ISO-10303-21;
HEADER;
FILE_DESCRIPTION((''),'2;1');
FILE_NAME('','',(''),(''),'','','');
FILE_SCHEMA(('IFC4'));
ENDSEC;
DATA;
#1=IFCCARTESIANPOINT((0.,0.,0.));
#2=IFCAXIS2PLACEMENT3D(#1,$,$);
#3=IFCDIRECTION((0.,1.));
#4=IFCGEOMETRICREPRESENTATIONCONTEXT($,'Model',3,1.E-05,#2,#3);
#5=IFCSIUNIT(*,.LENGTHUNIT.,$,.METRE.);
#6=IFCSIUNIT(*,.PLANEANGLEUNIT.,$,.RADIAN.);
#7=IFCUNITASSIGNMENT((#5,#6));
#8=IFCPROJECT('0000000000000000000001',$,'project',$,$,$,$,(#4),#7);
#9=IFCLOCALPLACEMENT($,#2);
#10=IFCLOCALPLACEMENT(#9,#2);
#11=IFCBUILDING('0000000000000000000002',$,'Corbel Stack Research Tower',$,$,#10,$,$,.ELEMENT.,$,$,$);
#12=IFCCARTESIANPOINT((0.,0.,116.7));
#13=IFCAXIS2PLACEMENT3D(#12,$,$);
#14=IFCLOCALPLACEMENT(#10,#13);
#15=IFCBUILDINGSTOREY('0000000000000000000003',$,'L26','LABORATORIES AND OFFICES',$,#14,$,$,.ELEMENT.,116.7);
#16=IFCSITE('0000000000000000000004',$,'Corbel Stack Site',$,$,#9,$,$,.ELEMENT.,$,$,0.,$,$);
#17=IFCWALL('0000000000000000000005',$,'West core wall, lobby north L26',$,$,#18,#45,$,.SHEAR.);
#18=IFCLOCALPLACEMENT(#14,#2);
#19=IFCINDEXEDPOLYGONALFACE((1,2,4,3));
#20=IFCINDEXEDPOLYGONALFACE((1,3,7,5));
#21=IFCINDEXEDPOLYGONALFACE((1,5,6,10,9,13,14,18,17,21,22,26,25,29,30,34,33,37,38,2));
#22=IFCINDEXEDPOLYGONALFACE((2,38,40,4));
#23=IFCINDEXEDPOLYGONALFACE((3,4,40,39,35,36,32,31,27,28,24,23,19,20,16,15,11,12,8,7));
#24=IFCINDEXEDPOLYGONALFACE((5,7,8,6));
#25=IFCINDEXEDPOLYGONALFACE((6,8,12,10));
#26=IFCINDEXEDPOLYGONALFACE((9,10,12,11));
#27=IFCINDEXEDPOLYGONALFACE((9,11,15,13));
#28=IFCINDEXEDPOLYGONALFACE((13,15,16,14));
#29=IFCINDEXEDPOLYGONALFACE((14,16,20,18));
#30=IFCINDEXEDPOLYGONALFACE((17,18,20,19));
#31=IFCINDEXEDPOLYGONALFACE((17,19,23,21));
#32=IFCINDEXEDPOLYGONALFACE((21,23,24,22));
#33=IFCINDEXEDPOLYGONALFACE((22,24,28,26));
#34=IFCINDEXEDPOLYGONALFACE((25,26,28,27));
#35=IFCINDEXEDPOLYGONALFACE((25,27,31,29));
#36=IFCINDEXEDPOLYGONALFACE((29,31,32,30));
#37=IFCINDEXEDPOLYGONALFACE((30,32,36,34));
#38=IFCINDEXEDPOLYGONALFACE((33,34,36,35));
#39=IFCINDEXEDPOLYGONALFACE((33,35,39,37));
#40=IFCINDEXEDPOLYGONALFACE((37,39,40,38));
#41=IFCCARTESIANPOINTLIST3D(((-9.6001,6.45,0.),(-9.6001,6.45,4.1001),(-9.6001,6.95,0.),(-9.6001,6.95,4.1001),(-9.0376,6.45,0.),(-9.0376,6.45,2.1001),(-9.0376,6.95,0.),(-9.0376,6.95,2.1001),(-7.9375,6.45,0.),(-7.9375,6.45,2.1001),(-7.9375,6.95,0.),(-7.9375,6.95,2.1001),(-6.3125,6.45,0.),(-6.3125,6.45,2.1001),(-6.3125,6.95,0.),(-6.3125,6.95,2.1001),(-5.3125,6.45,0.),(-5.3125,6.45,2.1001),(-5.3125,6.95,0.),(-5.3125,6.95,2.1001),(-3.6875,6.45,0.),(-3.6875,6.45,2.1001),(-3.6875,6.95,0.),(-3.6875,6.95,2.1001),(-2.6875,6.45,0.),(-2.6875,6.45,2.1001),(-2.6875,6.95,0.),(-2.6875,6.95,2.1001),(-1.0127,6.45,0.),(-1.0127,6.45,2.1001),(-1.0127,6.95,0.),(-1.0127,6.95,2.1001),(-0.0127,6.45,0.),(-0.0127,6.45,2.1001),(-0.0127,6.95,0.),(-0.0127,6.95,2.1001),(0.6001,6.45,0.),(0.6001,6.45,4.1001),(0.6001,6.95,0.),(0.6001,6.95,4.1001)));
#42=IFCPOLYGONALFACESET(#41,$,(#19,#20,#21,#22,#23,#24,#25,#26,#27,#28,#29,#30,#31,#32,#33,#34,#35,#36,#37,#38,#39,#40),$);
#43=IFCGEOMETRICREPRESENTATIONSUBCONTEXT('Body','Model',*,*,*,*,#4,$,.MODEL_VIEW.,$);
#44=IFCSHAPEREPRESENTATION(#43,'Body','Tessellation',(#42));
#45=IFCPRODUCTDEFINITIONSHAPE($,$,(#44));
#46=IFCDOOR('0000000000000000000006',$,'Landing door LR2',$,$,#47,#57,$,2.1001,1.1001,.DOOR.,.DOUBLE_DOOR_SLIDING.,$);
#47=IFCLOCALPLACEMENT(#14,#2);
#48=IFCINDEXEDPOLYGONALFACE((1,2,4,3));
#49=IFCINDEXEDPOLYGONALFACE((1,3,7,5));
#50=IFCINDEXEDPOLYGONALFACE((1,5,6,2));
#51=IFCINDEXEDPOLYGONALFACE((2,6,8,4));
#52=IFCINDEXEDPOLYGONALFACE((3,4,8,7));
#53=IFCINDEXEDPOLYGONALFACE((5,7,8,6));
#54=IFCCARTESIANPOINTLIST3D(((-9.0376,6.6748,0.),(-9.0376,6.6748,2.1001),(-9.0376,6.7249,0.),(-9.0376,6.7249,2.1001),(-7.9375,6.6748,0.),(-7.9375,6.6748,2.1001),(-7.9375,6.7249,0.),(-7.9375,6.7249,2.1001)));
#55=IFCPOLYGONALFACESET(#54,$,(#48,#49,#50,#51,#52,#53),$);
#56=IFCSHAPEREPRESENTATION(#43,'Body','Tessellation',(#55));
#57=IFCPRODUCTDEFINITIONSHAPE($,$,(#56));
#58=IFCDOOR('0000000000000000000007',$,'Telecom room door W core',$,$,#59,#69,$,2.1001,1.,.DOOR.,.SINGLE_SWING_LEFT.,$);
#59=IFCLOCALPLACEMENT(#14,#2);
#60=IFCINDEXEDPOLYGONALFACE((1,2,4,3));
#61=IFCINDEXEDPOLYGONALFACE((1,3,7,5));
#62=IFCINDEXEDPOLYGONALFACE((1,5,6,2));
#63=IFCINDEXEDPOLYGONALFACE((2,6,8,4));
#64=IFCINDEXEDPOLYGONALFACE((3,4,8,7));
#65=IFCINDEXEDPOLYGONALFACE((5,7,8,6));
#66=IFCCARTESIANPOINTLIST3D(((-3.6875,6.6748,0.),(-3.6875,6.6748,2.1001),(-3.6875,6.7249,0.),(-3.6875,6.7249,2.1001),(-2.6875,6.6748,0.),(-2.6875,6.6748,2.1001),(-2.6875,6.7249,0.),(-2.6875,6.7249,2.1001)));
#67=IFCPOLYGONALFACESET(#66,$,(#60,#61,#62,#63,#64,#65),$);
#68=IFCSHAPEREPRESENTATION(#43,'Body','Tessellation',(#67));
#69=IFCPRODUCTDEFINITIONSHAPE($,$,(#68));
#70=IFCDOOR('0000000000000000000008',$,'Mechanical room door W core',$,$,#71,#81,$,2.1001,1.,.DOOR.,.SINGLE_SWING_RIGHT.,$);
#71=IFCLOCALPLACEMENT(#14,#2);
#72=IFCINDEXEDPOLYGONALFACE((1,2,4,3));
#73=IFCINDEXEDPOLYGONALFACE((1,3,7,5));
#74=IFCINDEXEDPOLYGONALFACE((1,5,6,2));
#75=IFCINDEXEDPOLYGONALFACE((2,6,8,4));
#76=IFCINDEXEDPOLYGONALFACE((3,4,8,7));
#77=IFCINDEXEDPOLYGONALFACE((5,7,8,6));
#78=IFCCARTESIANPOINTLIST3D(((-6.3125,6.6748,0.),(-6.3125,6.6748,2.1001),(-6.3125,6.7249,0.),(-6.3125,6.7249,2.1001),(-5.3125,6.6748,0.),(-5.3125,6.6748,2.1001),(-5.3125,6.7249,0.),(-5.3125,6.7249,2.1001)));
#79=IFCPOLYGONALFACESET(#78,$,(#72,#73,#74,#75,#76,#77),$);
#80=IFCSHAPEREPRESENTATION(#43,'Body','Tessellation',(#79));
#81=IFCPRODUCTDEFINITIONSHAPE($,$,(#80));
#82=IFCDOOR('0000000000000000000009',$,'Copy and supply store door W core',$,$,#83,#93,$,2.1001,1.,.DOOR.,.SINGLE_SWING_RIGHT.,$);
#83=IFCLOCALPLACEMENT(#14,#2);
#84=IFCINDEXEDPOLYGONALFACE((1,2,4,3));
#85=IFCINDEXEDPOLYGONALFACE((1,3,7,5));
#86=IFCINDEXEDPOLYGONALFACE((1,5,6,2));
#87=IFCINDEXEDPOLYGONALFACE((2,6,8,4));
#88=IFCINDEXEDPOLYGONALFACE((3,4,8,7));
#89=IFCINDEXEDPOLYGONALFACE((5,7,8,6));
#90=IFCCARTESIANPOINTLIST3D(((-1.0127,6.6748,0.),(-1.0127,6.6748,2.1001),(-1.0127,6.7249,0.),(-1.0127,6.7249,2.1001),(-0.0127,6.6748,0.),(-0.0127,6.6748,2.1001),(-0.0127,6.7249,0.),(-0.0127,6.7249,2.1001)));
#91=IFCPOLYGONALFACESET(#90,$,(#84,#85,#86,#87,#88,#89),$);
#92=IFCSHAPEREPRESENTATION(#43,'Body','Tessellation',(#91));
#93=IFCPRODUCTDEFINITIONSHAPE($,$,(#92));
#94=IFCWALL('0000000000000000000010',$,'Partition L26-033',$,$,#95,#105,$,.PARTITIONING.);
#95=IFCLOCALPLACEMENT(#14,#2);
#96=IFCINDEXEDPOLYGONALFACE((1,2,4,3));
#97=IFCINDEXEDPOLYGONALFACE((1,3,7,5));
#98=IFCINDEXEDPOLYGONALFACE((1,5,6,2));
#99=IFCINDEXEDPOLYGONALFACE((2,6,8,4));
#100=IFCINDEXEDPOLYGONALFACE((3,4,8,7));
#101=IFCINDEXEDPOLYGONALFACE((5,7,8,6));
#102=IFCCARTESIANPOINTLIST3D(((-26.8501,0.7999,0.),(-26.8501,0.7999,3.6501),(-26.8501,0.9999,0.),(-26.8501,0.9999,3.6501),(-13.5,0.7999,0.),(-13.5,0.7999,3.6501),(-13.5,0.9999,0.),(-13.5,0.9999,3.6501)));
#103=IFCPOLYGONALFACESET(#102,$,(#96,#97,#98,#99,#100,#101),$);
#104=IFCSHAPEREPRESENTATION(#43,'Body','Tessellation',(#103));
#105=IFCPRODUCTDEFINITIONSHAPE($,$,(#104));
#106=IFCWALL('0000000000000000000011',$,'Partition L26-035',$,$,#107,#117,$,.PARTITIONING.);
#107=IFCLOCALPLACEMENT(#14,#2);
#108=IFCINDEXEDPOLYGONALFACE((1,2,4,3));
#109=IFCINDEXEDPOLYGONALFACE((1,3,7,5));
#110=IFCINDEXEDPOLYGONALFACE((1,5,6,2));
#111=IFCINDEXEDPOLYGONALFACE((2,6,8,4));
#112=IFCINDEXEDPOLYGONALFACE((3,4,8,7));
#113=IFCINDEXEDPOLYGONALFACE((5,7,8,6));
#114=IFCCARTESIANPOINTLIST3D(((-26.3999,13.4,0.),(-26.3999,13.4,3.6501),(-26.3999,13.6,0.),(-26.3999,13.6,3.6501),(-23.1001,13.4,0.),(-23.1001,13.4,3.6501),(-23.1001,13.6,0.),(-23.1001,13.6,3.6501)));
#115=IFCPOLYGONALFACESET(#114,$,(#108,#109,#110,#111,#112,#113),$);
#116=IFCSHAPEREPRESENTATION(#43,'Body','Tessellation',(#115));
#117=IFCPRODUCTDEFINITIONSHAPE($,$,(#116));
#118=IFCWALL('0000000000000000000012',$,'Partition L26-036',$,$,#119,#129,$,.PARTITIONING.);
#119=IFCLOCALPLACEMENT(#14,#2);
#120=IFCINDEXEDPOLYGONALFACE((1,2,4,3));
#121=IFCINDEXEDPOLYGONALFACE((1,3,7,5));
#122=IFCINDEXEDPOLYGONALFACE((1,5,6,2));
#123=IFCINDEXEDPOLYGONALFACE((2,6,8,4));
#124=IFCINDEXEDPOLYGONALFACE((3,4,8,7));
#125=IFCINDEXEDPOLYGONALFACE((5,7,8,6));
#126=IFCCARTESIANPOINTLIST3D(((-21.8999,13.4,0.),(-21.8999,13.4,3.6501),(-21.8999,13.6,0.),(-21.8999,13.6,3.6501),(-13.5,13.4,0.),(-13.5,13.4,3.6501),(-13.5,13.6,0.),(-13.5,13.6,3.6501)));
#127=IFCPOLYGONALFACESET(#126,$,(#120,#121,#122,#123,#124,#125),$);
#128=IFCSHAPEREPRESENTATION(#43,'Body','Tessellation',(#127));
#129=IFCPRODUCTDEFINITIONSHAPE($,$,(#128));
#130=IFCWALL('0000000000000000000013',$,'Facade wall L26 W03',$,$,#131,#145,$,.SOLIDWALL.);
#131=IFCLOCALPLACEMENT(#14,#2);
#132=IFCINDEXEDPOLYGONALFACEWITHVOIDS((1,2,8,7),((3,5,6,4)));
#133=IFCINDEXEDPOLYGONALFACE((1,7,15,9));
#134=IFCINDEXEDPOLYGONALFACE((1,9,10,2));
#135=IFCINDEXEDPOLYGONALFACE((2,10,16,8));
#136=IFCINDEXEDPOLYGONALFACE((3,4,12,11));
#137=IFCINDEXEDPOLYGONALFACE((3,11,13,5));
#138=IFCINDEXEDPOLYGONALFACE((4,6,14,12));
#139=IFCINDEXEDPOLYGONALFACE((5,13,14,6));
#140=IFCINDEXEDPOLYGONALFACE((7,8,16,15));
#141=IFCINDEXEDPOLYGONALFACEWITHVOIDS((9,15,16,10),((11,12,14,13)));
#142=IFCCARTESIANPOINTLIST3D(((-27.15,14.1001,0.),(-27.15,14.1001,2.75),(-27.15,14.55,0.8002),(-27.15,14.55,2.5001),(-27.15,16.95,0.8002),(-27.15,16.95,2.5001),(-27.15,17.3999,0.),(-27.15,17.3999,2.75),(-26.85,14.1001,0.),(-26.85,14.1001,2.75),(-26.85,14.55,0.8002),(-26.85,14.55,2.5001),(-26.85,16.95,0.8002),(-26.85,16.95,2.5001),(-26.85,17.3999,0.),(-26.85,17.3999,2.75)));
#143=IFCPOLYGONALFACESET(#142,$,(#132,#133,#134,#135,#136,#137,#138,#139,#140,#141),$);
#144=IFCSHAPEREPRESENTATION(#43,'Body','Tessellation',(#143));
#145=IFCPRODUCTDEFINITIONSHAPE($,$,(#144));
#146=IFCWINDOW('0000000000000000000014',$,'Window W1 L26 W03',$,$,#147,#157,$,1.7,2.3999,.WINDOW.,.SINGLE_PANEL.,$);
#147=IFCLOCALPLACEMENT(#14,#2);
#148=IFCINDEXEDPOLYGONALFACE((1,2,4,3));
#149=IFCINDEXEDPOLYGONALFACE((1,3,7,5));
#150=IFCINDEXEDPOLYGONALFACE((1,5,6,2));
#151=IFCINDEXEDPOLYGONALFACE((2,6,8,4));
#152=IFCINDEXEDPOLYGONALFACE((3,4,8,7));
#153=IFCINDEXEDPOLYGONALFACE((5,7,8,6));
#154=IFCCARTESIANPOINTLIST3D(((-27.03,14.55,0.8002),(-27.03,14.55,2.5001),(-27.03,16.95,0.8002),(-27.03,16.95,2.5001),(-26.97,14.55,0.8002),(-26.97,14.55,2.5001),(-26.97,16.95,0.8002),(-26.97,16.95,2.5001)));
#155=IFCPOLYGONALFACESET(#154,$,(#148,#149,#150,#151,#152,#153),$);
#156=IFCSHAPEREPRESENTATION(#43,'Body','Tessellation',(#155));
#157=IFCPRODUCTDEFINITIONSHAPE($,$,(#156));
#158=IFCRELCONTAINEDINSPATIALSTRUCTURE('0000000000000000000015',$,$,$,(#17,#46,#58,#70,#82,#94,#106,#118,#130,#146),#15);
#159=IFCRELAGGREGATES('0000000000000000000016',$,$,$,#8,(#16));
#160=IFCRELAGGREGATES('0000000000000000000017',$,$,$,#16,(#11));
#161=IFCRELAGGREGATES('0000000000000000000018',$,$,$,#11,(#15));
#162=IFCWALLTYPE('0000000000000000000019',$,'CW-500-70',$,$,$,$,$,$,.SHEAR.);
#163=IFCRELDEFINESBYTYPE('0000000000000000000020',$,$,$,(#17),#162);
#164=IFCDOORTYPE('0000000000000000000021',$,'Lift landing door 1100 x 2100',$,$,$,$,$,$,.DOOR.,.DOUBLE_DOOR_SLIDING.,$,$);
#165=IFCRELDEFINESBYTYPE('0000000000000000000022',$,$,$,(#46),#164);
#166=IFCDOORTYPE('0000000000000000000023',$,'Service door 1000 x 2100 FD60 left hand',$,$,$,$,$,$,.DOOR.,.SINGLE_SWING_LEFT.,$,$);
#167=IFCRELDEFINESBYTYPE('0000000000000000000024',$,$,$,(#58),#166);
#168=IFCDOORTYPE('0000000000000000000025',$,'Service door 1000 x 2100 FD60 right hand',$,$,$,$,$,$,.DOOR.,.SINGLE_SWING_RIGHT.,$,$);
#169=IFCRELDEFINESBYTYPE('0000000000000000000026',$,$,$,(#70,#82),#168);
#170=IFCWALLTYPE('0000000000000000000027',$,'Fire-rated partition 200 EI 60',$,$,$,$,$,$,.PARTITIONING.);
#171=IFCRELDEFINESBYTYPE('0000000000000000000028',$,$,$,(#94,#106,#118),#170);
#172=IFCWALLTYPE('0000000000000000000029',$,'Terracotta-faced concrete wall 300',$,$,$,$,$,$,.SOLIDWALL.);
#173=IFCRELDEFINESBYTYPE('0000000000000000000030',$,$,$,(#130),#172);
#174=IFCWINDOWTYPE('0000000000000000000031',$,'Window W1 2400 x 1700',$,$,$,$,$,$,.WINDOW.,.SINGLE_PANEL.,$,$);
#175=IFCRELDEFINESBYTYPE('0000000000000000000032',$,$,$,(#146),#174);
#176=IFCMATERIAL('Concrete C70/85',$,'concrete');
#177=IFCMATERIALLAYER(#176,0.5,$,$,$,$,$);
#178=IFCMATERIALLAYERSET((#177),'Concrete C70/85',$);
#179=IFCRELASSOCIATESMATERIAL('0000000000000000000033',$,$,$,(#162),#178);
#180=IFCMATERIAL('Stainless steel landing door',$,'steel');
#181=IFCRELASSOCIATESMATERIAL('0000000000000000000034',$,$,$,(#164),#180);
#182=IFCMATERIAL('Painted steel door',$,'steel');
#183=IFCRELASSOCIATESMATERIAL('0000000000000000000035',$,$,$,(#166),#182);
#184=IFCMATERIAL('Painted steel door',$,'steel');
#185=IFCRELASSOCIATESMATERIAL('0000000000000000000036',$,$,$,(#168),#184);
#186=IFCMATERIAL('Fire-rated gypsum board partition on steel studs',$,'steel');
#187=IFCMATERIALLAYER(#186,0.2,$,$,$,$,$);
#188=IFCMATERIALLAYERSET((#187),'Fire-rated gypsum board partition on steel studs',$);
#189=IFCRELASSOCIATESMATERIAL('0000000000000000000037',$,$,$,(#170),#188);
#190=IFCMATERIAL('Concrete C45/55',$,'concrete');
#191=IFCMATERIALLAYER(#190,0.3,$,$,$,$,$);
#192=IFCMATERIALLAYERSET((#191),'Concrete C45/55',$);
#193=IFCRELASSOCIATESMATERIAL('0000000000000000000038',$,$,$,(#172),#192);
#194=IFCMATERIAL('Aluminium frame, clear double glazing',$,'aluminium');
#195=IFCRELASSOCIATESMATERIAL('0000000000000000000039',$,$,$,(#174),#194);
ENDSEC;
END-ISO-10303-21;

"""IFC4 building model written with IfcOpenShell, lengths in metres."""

from ifc_helpers import new_model, si_unit, direction, frame, frame_2d, origin, place, context, subcontext, project, spatial, rectangle, extrude, material, layer, layer_set, type_object, element, fill, save


model = new_model("IFC4")

# Units and contexts
model_context = context("Model", 3, precision=1e-05, world=origin(), true_north=direction((0.0, 1.0)))
body_context = subcontext(model_context, "Body", "Model", "MODEL_VIEW")
ifc_project = project(units=[si_unit("LENGTHUNIT", "METRE"), si_unit("PLANEANGLEUNIT", "RADIAN")], contexts=[model_context])

# Site, building, storey
site_placement = place(None, origin())
site = spatial("IfcSite", under=ifc_project, at=site_placement, Name="Corbel Stack Site", CompositionType="ELEMENT", RefElevation=0.0)
building_placement = place(site_placement, origin())
building = spatial("IfcBuilding", under=site, at=building_placement, Name="Corbel Stack Research Tower", CompositionType="ELEMENT")
storey_placement = place(building_placement, frame((0.0, 0.0, 116.7)))
storey = spatial("IfcBuildingStorey", under=building, at=storey_placement, Name="L26", Description="LABORATORIES AND OFFICES", CompositionType="ELEMENT", Elevation=116.7)

# Wall, openings, doors
ifc_material_1 = material(Name="Concrete C70/85", Category="concrete")
ifc_layer_1 = layer(ifc_material_1, 0.5)
ifc_layer_set_1 = layer_set([ifc_layer_1], Name="Concrete C70/85")
wall_type_1 = type_object("IfcWallType", Name="CW-500-70", PredefinedType="SHEAR", material=ifc_layer_set_1)
ifc_material_2 = material(Name="Stainless steel landing door", Category="steel")
door_type_1 = type_object("IfcDoorType", Name="Lift landing door 1100 x 2100", OperationType="DOUBLE_DOOR_SLIDING", PredefinedType="DOOR", material=ifc_material_2)
wall_1_placement = place(storey_placement, frame((-9.6001, 6.7, 0.0), z_axis=(0.0, 0.0, 1.0), x_axis=(1.0, 0.0, 0.0)))
wall_1 = element("IfcWall", 1, at=wall_1_placement, inside=storey, type_object=wall_type_1, Name="West core wall, lobby north L26", PredefinedType="SHEAR", context=body_context, shape_type="SweptSolid", body=[
    extrude(rectangle(XDim=10.2002, YDim=0.5, at=frame_2d((5.1001, 0.0))), origin(), (0.0, 0.0, 1.0), 4.1001),
])
opening_1_placement = place(wall_1_placement, frame((0.5625, 0.0, 0.0)))
opening_1 = element("IfcOpeningElement", 2, at=opening_1_placement, cuts=wall_1, PredefinedType="OPENING", context=body_context, shape_type="SweptSolid", body=[
    extrude(rectangle(XDim=1.1001, YDim=2.1001, at=frame_2d((0.55, 1.05))), frame((0.0, 0.26, 0.0), z_axis=(0.0, -1.0, 0.0), x_axis=(1.0, 0.0, 0.0)), (0.0, 0.0, 1.0), 0.52),
])
opening_2_placement = place(wall_1_placement, frame((3.2876, 0.0, 0.0)))
opening_2 = element("IfcOpeningElement", 3, at=opening_2_placement, cuts=wall_1, PredefinedType="OPENING", context=body_context, shape_type="SweptSolid", body=[
    extrude(rectangle(XDim=1.0, YDim=2.1001, at=frame_2d((0.5, 1.05))), frame((0.0, 0.26, 0.0), z_axis=(0.0, -1.0, 0.0), x_axis=(1.0, 0.0, 0.0)), (0.0, 0.0, 1.0), 0.52),
])
opening_3_placement = place(wall_1_placement, frame((5.9126, 0.0, 0.0)))
opening_3 = element("IfcOpeningElement", 4, at=opening_3_placement, cuts=wall_1, PredefinedType="OPENING", context=body_context, shape_type="SweptSolid", body=[
    extrude(rectangle(XDim=1.0, YDim=2.1001, at=frame_2d((0.5, 1.05))), frame((0.0, 0.26, 0.0), z_axis=(0.0, -1.0, 0.0), x_axis=(1.0, 0.0, 0.0)), (0.0, 0.0, 1.0), 0.52),
])
opening_4_placement = place(wall_1_placement, frame((8.5874, 0.0, 0.0)))
opening_4 = element("IfcOpeningElement", 5, at=opening_4_placement, cuts=wall_1, PredefinedType="OPENING", context=body_context, shape_type="SweptSolid", body=[
    extrude(rectangle(XDim=1.0, YDim=2.1001, at=frame_2d((0.5, 1.05))), frame((0.0, 0.26, 0.0), z_axis=(0.0, -1.0, 0.0), x_axis=(1.0, 0.0, 0.0)), (0.0, 0.0, 1.0), 0.52),
])
door_1_placement = place(opening_1_placement, origin())
door_1 = element("IfcDoor", 6, at=door_1_placement, inside=storey, type_object=door_type_1, Name="Landing door LR2", OperationType="DOUBLE_DOOR_SLIDING", OverallHeight=2.1001, OverallWidth=1.1001, PredefinedType="DOOR", context=body_context, shape_type="SweptSolid", body=[
    extrude(rectangle(XDim=1.1001, YDim=2.1001, at=frame_2d((0.55, 1.05))), frame((0.0, 0.0249, 0.0), z_axis=(0.0, -1.0, 0.0), x_axis=(1.0, 0.0, 0.0)), (0.0, 0.0, 1.0), 0.05),
])
fill(opening_1, door_1)
ifc_material_3 = material(Name="Painted steel door", Category="steel")
door_type_2 = type_object("IfcDoorType", Name="Service door 1000 x 2100 FD60 left hand", OperationType="SINGLE_SWING_LEFT", PredefinedType="DOOR", material=ifc_material_3)
door_2_placement = place(opening_3_placement, origin())
door_2 = element("IfcDoor", 7, at=door_2_placement, inside=storey, type_object=door_type_2, Name="Telecom room door W core", OperationType="SINGLE_SWING_LEFT", OverallHeight=2.1001, OverallWidth=1.0, PredefinedType="DOOR", context=body_context, shape_type="SweptSolid", body=[
    extrude(rectangle(XDim=1.0, YDim=2.1001, at=frame_2d((0.5, 1.05))), frame((0.0, 0.0249, 0.0), z_axis=(0.0, -1.0, 0.0), x_axis=(1.0, 0.0, 0.0)), (0.0, 0.0, 1.0), 0.05),
])
fill(opening_3, door_2)
ifc_material_4 = material(Name="Painted steel door", Category="steel")
door_type_3 = type_object("IfcDoorType", Name="Service door 1000 x 2100 FD60 right hand", OperationType="SINGLE_SWING_RIGHT", PredefinedType="DOOR", material=ifc_material_4)
door_3_placement = place(opening_2_placement, origin())
door_3 = element("IfcDoor", 8, at=door_3_placement, inside=storey, type_object=door_type_3, Name="Mechanical room door W core", OperationType="SINGLE_SWING_RIGHT", OverallHeight=2.1001, OverallWidth=1.0, PredefinedType="DOOR", context=body_context, shape_type="SweptSolid", body=[
    extrude(rectangle(XDim=1.0, YDim=2.1001, at=frame_2d((0.5, 1.05))), frame((0.0, 0.0249, 0.0), z_axis=(0.0, -1.0, 0.0), x_axis=(1.0, 0.0, 0.0)), (0.0, 0.0, 1.0), 0.05),
])
fill(opening_2, door_3)
door_4_placement = place(opening_4_placement, origin())
door_4 = element("IfcDoor", 9, at=door_4_placement, inside=storey, type_object=door_type_3, Name="Copy and supply store door W core", OperationType="SINGLE_SWING_RIGHT", OverallHeight=2.1001, OverallWidth=1.0, PredefinedType="DOOR", context=body_context, shape_type="SweptSolid", body=[
    extrude(rectangle(XDim=1.0, YDim=2.1001, at=frame_2d((0.5, 1.05))), frame((0.0, 0.0249, 0.0), z_axis=(0.0, -1.0, 0.0), x_axis=(1.0, 0.0, 0.0)), (0.0, 0.0, 1.0), 0.05),
])
fill(opening_4, door_4)

# Walls
ifc_material_5 = material(Name="Fire-rated gypsum board partition on steel studs", Category="steel")
ifc_layer_2 = layer(ifc_material_5, 0.2)
ifc_layer_set_2 = layer_set([ifc_layer_2], Name="Fire-rated gypsum board partition on steel studs")
wall_type_2 = type_object("IfcWallType", Name="Fire-rated partition 200 EI 60", PredefinedType="PARTITIONING", material=ifc_layer_set_2)
wall_2_placement = place(storey_placement, frame((-26.8501, 0.8999, 0.0), z_axis=(0.0, 0.0, 1.0), x_axis=(1.0, 0.0, 0.0)))
element("IfcWall", 10, at=wall_2_placement, inside=storey, type_object=wall_type_2, Name="Partition L26-033", PredefinedType="PARTITIONING", context=body_context, shape_type="SweptSolid", body=[
    extrude(rectangle(XDim=13.3501, YDim=0.2, at=frame_2d((6.675, 0.0))), origin(), (0.0, 0.0, 1.0), 3.6501),
])
wall_3_placement = place(storey_placement, frame((-26.3999, 13.5, 0.0), z_axis=(0.0, 0.0, 1.0), x_axis=(1.0, 0.0, 0.0)))
element("IfcWall", 11, at=wall_3_placement, inside=storey, type_object=wall_type_2, Name="Partition L26-035", PredefinedType="PARTITIONING", context=body_context, shape_type="SweptSolid", body=[
    extrude(rectangle(XDim=3.2998, YDim=0.2, at=frame_2d((1.6499, 0.0))), origin(), (0.0, 0.0, 1.0), 3.6501),
])
wall_4_placement = place(storey_placement, frame((-21.8999, 13.5, 0.0), z_axis=(0.0, 0.0, 1.0), x_axis=(1.0, 0.0, 0.0)))
element("IfcWall", 12, at=wall_4_placement, inside=storey, type_object=wall_type_2, Name="Partition L26-036", PredefinedType="PARTITIONING", context=body_context, shape_type="SweptSolid", body=[
    extrude(rectangle(XDim=8.3999, YDim=0.2, at=frame_2d((4.2, 0.0))), origin(), (0.0, 0.0, 1.0), 3.6501),
])

# Wall, opening, window
ifc_material_6 = material(Name="Concrete C45/55", Category="concrete")
ifc_layer_3 = layer(ifc_material_6, 0.3)
ifc_layer_set_3 = layer_set([ifc_layer_3], Name="Concrete C45/55")
wall_type_3 = type_object("IfcWallType", Name="Terracotta-faced concrete wall 300", PredefinedType="SOLIDWALL", material=ifc_layer_set_3)
wall_5_placement = place(storey_placement, frame((-27.0, 14.1001, 0.0), z_axis=(0.0, 0.0, 1.0), x_axis=(0.0, 1.0, 0.0)))
wall_5 = element("IfcWall", 13, at=wall_5_placement, inside=storey, type_object=wall_type_3, Name="Facade wall L26 W03", PredefinedType="SOLIDWALL", context=body_context, shape_type="SweptSolid", body=[
    extrude(rectangle(XDim=3.2998, YDim=0.3, at=frame_2d((1.6499, 0.0))), origin(), (0.0, 0.0, 1.0), 2.75),
])
opening_5_placement = place(wall_5_placement, frame((0.45, 0.0, 0.8)))
opening_5 = element("IfcOpeningElement", 14, at=opening_5_placement, cuts=wall_5, PredefinedType="OPENING", context=body_context, shape_type="SweptSolid", body=[
    extrude(rectangle(XDim=2.3999, YDim=1.7, at=frame_2d((1.2, 0.8501))), frame((0.0, 0.1599, 0.0), z_axis=(0.0, -1.0, 0.0), x_axis=(1.0, 0.0, 0.0)), (0.0, 0.0, 1.0), 0.3201),
])
ifc_material_7 = material(Name="Aluminium frame, clear double glazing", Category="aluminium")
window_type = type_object("IfcWindowType", Name="Window W1 2400 x 1700", PartitioningType="SINGLE_PANEL", PredefinedType="WINDOW", material=ifc_material_7)
window_placement = place(opening_5_placement, origin())
window = element("IfcWindow", 15, at=window_placement, inside=storey, type_object=window_type, Name="Window W1 L26 W03", OverallHeight=1.7, OverallWidth=2.3999, PartitioningType="SINGLE_PANEL", PredefinedType="WINDOW", context=body_context, shape_type="SweptSolid", body=[
    extrude(rectangle(XDim=2.3999, YDim=1.7, at=frame_2d((1.2, 0.8501))), frame((0.0, 0.03, 0.0), z_axis=(0.0, -1.0, 0.0), x_axis=(1.0, 0.0, 0.0)), (0.0, 0.0, 1.0), 0.0601),
])
fill(opening_5, window)

save(model, "model.ifc")
